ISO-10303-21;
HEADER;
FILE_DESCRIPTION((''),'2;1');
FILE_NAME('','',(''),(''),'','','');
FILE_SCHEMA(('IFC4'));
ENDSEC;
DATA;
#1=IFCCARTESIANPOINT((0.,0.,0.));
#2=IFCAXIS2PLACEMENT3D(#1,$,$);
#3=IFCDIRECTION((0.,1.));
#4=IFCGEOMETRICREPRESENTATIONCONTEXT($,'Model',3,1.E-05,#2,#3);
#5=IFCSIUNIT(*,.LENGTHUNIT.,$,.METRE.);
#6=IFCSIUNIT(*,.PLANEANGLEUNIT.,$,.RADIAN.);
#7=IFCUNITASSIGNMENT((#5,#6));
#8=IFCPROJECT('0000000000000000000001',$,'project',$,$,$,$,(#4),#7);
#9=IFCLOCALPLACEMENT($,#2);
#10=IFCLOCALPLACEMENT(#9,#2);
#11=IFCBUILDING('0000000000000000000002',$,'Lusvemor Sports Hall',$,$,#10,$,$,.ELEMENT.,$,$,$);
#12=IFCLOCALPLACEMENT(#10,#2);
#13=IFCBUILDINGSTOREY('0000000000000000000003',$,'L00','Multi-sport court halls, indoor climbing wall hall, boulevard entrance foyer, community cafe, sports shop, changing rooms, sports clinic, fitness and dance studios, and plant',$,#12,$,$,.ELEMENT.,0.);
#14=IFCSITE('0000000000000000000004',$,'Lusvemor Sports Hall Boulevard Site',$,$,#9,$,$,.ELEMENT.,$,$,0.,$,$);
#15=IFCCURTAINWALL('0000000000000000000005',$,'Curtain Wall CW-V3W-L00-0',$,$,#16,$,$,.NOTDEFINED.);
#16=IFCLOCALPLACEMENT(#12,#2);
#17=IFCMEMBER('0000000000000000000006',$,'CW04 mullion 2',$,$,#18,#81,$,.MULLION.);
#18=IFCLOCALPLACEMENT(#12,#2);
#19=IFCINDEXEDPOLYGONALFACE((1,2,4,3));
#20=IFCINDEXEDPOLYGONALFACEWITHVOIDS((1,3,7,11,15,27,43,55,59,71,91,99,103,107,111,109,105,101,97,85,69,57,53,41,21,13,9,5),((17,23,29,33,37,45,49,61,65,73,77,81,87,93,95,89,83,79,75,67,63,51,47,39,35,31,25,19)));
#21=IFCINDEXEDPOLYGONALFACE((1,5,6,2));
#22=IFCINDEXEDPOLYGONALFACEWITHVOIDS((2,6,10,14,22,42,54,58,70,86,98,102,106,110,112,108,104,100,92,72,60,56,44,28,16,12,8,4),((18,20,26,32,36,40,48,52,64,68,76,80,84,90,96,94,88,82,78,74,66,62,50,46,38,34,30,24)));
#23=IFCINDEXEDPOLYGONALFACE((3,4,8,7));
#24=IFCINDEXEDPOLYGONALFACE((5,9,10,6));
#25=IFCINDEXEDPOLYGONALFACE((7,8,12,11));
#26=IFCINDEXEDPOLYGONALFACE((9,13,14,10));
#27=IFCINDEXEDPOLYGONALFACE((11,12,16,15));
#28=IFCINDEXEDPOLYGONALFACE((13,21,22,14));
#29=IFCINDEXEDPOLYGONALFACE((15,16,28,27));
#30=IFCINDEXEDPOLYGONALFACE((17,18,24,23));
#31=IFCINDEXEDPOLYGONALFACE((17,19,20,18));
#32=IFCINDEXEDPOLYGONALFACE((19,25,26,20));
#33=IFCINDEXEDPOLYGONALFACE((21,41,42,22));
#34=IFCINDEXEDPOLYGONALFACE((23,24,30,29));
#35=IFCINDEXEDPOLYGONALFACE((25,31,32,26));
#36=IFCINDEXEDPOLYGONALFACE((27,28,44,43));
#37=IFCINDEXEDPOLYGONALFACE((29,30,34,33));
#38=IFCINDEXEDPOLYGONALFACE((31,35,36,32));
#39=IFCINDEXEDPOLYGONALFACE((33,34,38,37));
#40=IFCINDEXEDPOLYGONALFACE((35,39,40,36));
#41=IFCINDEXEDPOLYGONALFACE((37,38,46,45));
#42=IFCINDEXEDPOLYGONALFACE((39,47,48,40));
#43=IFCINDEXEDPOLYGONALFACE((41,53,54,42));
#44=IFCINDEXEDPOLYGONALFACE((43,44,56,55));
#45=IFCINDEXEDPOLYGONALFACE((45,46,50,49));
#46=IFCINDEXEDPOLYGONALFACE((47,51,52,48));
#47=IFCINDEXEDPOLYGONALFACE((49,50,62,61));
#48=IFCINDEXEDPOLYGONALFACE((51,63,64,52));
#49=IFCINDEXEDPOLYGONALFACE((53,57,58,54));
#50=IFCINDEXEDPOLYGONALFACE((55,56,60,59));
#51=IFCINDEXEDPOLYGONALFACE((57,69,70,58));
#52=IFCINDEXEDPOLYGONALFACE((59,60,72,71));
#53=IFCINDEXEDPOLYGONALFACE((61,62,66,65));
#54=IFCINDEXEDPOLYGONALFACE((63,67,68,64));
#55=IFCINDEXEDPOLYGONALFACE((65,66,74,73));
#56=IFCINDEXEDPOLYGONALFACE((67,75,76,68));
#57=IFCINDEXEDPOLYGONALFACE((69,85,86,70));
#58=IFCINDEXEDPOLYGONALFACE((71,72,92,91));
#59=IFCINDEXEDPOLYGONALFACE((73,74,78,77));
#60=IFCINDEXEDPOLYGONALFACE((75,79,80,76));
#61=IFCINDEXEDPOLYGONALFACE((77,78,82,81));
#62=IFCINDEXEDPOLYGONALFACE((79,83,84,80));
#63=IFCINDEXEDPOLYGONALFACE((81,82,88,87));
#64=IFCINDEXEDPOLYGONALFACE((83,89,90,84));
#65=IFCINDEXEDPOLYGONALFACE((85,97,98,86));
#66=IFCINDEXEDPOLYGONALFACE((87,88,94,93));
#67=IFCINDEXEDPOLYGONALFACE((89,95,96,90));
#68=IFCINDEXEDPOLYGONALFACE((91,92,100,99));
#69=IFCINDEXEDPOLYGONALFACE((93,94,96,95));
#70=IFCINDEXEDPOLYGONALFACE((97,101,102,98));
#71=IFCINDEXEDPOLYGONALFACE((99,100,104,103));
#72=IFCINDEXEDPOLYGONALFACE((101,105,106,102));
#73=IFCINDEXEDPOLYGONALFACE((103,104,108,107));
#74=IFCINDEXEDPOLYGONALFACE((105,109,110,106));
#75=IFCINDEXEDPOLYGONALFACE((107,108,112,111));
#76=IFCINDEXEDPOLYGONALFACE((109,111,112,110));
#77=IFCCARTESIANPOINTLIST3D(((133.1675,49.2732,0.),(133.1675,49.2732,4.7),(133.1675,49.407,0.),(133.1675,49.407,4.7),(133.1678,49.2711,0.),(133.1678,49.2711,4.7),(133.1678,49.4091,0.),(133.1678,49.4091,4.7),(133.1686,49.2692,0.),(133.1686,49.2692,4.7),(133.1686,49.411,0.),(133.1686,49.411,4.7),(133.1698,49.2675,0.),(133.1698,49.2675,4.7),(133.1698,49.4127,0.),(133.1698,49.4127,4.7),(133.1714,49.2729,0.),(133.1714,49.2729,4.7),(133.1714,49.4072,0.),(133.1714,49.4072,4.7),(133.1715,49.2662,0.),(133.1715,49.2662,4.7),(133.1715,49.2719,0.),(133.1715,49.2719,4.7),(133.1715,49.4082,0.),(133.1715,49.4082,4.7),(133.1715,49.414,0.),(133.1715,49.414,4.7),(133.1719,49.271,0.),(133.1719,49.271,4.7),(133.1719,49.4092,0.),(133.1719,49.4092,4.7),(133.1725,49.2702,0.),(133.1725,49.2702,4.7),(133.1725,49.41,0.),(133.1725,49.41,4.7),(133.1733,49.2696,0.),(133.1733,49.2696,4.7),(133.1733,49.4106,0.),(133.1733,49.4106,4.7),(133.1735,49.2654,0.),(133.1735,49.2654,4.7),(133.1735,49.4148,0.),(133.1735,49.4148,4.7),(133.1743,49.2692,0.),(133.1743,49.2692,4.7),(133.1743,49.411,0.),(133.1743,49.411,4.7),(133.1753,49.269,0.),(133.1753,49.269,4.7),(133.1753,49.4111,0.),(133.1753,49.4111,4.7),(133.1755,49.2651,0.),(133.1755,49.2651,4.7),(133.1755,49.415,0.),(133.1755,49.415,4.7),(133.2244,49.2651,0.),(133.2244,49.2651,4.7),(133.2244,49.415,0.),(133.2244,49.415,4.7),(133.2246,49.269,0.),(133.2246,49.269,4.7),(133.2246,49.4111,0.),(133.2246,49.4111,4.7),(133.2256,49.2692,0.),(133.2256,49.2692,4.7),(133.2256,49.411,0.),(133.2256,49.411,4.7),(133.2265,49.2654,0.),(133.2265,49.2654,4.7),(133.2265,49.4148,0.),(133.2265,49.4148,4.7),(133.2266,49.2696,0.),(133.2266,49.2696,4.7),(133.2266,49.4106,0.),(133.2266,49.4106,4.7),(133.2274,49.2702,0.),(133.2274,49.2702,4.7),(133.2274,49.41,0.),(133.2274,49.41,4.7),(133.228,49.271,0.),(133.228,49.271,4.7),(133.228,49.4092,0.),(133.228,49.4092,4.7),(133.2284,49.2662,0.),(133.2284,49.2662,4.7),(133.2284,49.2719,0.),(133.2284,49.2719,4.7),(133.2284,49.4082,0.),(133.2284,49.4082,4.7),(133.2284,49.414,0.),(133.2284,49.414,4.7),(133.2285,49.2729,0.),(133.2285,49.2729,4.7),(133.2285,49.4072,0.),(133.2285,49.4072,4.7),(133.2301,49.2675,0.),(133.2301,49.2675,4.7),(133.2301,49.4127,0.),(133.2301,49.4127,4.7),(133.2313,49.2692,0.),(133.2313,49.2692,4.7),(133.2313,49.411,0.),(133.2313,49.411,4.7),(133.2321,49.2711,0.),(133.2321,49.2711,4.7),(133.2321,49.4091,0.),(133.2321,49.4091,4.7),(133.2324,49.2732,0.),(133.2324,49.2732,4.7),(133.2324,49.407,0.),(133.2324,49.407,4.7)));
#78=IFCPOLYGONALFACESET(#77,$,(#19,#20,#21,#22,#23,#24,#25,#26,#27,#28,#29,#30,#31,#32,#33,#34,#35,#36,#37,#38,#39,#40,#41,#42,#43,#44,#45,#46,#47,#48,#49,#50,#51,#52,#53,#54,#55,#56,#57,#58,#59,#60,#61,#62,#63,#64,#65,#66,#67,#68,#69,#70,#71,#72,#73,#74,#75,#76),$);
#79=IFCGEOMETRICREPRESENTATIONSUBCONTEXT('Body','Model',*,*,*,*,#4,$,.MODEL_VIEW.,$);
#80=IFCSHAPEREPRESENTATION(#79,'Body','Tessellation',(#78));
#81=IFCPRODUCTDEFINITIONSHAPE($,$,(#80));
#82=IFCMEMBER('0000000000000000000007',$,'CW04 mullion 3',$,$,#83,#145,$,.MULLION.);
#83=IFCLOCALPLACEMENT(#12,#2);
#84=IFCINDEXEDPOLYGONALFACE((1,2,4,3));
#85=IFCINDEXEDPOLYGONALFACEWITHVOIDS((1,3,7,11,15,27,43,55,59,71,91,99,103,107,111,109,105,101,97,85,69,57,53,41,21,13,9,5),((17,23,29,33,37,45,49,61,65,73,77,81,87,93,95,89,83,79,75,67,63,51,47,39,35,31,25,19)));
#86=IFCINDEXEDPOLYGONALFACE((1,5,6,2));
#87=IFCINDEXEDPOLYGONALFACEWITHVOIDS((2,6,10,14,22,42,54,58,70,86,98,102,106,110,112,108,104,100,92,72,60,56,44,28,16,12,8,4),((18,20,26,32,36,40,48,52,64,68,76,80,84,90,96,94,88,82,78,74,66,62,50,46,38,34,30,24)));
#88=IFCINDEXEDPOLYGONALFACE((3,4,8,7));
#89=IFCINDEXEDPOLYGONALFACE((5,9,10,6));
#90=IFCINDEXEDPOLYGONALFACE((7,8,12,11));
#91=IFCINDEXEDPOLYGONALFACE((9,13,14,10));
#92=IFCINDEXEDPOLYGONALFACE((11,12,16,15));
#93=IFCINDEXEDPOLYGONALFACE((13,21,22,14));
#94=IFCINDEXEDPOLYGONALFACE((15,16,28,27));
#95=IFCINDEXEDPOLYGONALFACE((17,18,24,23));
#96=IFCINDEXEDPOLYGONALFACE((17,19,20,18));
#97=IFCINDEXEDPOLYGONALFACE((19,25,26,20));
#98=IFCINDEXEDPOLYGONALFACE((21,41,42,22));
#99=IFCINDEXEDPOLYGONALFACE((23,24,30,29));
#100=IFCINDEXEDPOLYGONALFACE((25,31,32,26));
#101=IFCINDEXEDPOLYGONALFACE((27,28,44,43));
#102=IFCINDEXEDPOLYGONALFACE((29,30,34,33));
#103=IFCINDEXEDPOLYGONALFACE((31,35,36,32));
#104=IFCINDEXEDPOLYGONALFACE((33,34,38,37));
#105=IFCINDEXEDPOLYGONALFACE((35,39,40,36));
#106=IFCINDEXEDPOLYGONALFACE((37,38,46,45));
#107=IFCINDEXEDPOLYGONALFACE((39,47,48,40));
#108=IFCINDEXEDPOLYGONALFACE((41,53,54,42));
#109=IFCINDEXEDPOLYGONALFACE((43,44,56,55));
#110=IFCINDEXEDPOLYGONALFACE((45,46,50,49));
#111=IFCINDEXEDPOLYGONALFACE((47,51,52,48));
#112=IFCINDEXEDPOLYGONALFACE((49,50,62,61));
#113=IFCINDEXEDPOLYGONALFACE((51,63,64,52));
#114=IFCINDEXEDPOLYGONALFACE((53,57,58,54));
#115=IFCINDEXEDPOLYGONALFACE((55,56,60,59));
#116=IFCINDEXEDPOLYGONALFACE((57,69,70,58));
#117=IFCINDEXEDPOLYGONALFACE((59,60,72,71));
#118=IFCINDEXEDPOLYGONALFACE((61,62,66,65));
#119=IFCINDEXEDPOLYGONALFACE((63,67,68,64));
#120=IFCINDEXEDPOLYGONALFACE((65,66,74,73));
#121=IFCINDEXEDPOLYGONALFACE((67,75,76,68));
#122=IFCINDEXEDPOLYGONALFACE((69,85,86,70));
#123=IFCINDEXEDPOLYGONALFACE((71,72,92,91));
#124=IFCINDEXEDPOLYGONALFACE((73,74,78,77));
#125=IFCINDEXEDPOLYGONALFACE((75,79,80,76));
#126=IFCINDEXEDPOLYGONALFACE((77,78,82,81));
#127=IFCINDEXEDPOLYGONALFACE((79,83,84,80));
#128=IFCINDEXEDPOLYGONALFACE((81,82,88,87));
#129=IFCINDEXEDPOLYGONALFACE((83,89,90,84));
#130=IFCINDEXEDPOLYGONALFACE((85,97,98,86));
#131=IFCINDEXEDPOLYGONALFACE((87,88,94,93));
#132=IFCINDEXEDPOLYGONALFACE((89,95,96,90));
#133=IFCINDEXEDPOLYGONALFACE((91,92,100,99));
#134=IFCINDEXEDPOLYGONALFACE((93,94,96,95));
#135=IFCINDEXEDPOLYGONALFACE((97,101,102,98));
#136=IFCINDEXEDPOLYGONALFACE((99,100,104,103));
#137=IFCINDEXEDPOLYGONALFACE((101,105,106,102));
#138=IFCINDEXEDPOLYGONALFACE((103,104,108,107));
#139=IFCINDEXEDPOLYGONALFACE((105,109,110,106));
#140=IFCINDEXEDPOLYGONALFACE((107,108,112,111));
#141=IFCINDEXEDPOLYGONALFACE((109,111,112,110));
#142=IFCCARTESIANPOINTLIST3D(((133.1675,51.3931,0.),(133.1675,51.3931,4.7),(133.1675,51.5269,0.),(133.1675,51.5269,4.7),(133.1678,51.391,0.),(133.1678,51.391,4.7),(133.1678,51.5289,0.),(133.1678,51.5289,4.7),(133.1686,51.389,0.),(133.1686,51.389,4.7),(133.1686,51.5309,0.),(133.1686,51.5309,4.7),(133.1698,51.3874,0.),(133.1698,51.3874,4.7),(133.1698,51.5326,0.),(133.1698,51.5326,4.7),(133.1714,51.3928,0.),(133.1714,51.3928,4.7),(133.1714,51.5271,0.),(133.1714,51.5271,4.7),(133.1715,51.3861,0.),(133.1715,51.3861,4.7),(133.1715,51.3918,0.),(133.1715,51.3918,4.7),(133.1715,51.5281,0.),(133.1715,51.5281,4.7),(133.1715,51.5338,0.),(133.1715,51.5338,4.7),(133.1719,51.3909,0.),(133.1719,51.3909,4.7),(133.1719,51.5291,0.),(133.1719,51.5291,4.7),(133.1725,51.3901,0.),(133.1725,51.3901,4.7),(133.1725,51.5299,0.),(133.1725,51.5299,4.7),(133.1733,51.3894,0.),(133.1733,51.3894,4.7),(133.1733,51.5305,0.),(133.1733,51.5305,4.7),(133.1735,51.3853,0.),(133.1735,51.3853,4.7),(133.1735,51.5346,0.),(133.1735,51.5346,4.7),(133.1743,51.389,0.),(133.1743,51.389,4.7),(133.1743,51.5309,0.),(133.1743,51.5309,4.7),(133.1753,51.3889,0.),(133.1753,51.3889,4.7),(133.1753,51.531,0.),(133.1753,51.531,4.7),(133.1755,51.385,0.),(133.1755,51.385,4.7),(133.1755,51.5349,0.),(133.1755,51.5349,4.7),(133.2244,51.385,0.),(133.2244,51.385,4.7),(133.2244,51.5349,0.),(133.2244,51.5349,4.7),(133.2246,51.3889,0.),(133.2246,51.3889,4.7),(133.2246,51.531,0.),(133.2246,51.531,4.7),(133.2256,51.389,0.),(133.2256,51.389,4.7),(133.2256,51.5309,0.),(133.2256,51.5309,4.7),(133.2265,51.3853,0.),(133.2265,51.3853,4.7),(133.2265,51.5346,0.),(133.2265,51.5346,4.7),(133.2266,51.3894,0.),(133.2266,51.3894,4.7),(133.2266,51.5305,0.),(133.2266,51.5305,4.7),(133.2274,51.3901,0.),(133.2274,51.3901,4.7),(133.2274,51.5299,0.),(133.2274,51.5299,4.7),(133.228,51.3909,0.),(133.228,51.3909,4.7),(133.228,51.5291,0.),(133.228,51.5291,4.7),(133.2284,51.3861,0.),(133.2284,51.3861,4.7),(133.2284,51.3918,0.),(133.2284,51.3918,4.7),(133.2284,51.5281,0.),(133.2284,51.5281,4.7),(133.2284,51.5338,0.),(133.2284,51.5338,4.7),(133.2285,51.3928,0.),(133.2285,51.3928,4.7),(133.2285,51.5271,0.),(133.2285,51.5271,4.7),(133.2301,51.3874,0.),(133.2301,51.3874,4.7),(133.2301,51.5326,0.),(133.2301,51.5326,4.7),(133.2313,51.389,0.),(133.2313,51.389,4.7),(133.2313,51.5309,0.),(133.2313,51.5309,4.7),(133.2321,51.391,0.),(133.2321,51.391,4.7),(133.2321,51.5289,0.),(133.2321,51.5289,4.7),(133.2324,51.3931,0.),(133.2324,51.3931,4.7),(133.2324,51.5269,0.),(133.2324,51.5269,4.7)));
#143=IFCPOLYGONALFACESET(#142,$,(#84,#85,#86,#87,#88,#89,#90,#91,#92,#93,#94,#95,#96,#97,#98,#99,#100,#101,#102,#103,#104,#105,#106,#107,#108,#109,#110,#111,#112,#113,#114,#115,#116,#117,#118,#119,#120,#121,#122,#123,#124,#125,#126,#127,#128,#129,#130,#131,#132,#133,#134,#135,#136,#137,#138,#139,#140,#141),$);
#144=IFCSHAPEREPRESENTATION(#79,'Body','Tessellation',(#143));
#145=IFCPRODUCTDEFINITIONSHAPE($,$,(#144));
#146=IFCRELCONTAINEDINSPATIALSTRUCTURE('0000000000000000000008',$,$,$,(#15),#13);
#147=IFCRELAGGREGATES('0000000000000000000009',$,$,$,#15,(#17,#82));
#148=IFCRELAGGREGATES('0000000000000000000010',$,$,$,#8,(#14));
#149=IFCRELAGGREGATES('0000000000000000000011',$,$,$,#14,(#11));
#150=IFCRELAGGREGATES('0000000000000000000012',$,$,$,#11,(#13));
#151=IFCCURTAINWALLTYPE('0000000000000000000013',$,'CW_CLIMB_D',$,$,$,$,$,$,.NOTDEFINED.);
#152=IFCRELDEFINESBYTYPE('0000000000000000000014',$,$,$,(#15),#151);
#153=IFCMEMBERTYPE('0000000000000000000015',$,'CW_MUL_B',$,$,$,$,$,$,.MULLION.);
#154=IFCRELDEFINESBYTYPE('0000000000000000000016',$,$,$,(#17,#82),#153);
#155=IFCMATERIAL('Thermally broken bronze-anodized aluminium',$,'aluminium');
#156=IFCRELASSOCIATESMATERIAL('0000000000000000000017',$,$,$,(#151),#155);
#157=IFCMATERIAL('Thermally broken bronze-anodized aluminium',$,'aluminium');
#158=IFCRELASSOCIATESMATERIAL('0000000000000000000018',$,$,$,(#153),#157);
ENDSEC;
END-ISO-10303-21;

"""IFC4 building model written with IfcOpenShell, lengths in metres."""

from ifc_helpers import new_model, si_unit, direction, frame, origin, origin_2d, place, context, subcontext, project, spatial, hollow_rectangle, extrude, material, material_profile, profile_set, type_object, element, aggregate, save


model = new_model("IFC4")

# Units and contexts
model_context = context("Model", 3, precision=1e-05, world=origin(), true_north=direction((0.0, 1.0)))
body_context = subcontext(model_context, "Body", "Model", "MODEL_VIEW")
ifc_project = project(units=[si_unit("LENGTHUNIT", "METRE"), si_unit("PLANEANGLEUNIT", "RADIAN")], contexts=[model_context])

# Site, building, storey
site_placement = place(None, origin())
site = spatial("IfcSite", under=ifc_project, at=site_placement, Name="Lusvemor Sports Hall Boulevard Site", CompositionType="ELEMENT", RefElevation=0.0)
building_placement = place(site_placement, origin())
building = spatial("IfcBuilding", under=site, at=building_placement, Name="Lusvemor Sports Hall", CompositionType="ELEMENT")
storey_placement = place(building_placement, origin())
storey = spatial("IfcBuildingStorey", under=building, at=storey_placement, Name="L00", Description="Multi-sport court halls, indoor climbing wall hall, boulevard entrance foyer, community cafe, sports shop, changing rooms, sports clinic, fitness and dance studios, and plant", CompositionType="ELEMENT", Elevation=0.0)

# Curtain wall, members
ifc_material_1 = material(Name="Thermally broken bronze-anodized aluminium", Category="aluminium")
curtain_wall_type = type_object("IfcCurtainWallType", Name="CW_CLIMB_D", PredefinedType="NOTDEFINED", material=ifc_material_1)
curtain_wall_placement = place(storey_placement, origin())
curtain_wall = element("IfcCurtainWall", 1, at=curtain_wall_placement, inside=storey, type_object=curtain_wall_type, Name="Curtain Wall CW-V3W-L00-0", PredefinedType="NOTDEFINED")
ifc_material_2 = material(Name="Thermally broken bronze-anodized aluminium", Category="aluminium")
ifc_material_profile_1 = material_profile(ifc_material_2, hollow_rectangle(XDim=0.0649, YDim=0.1499, WallThickness=0.0039, InnerFilletRadius=0.0039, OuterFilletRadius=0.0081, at=origin_2d()), Name="CWMUL150x65x4")
ifc_profile_set_1 = profile_set([ifc_material_profile_1], Name="Thermally broken bronze-anodized aluminium")
member_type_1 = type_object("IfcMemberType", Name="CW_MUL_B", PredefinedType="MULLION", material=ifc_profile_set_1)
member_1_placement = place(storey_placement, frame((133.2, 49.3401, 0.0), z_axis=(0.0, 0.0, 1.0), x_axis=(-1.0, 0.0, 0.0)))
member_1 = element("IfcMember", 2, at=member_1_placement, type_object=member_type_1, Name="CW04 mullion 2", PredefinedType="MULLION", context=body_context, shape_type="SweptSolid", body=[
    extrude(hollow_rectangle(XDim=0.0649, YDim=0.1499, WallThickness=0.0039, InnerFilletRadius=0.0039, OuterFilletRadius=0.0081, at=origin_2d()), origin(), (0.0, 0.0, 1.0), 4.7),
])
member_2_placement = place(storey_placement, frame((133.2, 51.46, 0.0), z_axis=(0.0, 0.0, 1.0), x_axis=(-1.0, 0.0, 0.0)))
member_2 = element("IfcMember", 3, at=member_2_placement, type_object=member_type_1, Name="CW04 mullion 3", PredefinedType="MULLION", context=body_context, shape_type="SweptSolid", body=[
    extrude(hollow_rectangle(XDim=0.0649, YDim=0.1499, WallThickness=0.0039, InnerFilletRadius=0.0039, OuterFilletRadius=0.0081, at=origin_2d()), origin(), (0.0, 0.0, 1.0), 4.7),
])
aggregate(curtain_wall, [member_1, member_2])

save(model, "model.ifc")
